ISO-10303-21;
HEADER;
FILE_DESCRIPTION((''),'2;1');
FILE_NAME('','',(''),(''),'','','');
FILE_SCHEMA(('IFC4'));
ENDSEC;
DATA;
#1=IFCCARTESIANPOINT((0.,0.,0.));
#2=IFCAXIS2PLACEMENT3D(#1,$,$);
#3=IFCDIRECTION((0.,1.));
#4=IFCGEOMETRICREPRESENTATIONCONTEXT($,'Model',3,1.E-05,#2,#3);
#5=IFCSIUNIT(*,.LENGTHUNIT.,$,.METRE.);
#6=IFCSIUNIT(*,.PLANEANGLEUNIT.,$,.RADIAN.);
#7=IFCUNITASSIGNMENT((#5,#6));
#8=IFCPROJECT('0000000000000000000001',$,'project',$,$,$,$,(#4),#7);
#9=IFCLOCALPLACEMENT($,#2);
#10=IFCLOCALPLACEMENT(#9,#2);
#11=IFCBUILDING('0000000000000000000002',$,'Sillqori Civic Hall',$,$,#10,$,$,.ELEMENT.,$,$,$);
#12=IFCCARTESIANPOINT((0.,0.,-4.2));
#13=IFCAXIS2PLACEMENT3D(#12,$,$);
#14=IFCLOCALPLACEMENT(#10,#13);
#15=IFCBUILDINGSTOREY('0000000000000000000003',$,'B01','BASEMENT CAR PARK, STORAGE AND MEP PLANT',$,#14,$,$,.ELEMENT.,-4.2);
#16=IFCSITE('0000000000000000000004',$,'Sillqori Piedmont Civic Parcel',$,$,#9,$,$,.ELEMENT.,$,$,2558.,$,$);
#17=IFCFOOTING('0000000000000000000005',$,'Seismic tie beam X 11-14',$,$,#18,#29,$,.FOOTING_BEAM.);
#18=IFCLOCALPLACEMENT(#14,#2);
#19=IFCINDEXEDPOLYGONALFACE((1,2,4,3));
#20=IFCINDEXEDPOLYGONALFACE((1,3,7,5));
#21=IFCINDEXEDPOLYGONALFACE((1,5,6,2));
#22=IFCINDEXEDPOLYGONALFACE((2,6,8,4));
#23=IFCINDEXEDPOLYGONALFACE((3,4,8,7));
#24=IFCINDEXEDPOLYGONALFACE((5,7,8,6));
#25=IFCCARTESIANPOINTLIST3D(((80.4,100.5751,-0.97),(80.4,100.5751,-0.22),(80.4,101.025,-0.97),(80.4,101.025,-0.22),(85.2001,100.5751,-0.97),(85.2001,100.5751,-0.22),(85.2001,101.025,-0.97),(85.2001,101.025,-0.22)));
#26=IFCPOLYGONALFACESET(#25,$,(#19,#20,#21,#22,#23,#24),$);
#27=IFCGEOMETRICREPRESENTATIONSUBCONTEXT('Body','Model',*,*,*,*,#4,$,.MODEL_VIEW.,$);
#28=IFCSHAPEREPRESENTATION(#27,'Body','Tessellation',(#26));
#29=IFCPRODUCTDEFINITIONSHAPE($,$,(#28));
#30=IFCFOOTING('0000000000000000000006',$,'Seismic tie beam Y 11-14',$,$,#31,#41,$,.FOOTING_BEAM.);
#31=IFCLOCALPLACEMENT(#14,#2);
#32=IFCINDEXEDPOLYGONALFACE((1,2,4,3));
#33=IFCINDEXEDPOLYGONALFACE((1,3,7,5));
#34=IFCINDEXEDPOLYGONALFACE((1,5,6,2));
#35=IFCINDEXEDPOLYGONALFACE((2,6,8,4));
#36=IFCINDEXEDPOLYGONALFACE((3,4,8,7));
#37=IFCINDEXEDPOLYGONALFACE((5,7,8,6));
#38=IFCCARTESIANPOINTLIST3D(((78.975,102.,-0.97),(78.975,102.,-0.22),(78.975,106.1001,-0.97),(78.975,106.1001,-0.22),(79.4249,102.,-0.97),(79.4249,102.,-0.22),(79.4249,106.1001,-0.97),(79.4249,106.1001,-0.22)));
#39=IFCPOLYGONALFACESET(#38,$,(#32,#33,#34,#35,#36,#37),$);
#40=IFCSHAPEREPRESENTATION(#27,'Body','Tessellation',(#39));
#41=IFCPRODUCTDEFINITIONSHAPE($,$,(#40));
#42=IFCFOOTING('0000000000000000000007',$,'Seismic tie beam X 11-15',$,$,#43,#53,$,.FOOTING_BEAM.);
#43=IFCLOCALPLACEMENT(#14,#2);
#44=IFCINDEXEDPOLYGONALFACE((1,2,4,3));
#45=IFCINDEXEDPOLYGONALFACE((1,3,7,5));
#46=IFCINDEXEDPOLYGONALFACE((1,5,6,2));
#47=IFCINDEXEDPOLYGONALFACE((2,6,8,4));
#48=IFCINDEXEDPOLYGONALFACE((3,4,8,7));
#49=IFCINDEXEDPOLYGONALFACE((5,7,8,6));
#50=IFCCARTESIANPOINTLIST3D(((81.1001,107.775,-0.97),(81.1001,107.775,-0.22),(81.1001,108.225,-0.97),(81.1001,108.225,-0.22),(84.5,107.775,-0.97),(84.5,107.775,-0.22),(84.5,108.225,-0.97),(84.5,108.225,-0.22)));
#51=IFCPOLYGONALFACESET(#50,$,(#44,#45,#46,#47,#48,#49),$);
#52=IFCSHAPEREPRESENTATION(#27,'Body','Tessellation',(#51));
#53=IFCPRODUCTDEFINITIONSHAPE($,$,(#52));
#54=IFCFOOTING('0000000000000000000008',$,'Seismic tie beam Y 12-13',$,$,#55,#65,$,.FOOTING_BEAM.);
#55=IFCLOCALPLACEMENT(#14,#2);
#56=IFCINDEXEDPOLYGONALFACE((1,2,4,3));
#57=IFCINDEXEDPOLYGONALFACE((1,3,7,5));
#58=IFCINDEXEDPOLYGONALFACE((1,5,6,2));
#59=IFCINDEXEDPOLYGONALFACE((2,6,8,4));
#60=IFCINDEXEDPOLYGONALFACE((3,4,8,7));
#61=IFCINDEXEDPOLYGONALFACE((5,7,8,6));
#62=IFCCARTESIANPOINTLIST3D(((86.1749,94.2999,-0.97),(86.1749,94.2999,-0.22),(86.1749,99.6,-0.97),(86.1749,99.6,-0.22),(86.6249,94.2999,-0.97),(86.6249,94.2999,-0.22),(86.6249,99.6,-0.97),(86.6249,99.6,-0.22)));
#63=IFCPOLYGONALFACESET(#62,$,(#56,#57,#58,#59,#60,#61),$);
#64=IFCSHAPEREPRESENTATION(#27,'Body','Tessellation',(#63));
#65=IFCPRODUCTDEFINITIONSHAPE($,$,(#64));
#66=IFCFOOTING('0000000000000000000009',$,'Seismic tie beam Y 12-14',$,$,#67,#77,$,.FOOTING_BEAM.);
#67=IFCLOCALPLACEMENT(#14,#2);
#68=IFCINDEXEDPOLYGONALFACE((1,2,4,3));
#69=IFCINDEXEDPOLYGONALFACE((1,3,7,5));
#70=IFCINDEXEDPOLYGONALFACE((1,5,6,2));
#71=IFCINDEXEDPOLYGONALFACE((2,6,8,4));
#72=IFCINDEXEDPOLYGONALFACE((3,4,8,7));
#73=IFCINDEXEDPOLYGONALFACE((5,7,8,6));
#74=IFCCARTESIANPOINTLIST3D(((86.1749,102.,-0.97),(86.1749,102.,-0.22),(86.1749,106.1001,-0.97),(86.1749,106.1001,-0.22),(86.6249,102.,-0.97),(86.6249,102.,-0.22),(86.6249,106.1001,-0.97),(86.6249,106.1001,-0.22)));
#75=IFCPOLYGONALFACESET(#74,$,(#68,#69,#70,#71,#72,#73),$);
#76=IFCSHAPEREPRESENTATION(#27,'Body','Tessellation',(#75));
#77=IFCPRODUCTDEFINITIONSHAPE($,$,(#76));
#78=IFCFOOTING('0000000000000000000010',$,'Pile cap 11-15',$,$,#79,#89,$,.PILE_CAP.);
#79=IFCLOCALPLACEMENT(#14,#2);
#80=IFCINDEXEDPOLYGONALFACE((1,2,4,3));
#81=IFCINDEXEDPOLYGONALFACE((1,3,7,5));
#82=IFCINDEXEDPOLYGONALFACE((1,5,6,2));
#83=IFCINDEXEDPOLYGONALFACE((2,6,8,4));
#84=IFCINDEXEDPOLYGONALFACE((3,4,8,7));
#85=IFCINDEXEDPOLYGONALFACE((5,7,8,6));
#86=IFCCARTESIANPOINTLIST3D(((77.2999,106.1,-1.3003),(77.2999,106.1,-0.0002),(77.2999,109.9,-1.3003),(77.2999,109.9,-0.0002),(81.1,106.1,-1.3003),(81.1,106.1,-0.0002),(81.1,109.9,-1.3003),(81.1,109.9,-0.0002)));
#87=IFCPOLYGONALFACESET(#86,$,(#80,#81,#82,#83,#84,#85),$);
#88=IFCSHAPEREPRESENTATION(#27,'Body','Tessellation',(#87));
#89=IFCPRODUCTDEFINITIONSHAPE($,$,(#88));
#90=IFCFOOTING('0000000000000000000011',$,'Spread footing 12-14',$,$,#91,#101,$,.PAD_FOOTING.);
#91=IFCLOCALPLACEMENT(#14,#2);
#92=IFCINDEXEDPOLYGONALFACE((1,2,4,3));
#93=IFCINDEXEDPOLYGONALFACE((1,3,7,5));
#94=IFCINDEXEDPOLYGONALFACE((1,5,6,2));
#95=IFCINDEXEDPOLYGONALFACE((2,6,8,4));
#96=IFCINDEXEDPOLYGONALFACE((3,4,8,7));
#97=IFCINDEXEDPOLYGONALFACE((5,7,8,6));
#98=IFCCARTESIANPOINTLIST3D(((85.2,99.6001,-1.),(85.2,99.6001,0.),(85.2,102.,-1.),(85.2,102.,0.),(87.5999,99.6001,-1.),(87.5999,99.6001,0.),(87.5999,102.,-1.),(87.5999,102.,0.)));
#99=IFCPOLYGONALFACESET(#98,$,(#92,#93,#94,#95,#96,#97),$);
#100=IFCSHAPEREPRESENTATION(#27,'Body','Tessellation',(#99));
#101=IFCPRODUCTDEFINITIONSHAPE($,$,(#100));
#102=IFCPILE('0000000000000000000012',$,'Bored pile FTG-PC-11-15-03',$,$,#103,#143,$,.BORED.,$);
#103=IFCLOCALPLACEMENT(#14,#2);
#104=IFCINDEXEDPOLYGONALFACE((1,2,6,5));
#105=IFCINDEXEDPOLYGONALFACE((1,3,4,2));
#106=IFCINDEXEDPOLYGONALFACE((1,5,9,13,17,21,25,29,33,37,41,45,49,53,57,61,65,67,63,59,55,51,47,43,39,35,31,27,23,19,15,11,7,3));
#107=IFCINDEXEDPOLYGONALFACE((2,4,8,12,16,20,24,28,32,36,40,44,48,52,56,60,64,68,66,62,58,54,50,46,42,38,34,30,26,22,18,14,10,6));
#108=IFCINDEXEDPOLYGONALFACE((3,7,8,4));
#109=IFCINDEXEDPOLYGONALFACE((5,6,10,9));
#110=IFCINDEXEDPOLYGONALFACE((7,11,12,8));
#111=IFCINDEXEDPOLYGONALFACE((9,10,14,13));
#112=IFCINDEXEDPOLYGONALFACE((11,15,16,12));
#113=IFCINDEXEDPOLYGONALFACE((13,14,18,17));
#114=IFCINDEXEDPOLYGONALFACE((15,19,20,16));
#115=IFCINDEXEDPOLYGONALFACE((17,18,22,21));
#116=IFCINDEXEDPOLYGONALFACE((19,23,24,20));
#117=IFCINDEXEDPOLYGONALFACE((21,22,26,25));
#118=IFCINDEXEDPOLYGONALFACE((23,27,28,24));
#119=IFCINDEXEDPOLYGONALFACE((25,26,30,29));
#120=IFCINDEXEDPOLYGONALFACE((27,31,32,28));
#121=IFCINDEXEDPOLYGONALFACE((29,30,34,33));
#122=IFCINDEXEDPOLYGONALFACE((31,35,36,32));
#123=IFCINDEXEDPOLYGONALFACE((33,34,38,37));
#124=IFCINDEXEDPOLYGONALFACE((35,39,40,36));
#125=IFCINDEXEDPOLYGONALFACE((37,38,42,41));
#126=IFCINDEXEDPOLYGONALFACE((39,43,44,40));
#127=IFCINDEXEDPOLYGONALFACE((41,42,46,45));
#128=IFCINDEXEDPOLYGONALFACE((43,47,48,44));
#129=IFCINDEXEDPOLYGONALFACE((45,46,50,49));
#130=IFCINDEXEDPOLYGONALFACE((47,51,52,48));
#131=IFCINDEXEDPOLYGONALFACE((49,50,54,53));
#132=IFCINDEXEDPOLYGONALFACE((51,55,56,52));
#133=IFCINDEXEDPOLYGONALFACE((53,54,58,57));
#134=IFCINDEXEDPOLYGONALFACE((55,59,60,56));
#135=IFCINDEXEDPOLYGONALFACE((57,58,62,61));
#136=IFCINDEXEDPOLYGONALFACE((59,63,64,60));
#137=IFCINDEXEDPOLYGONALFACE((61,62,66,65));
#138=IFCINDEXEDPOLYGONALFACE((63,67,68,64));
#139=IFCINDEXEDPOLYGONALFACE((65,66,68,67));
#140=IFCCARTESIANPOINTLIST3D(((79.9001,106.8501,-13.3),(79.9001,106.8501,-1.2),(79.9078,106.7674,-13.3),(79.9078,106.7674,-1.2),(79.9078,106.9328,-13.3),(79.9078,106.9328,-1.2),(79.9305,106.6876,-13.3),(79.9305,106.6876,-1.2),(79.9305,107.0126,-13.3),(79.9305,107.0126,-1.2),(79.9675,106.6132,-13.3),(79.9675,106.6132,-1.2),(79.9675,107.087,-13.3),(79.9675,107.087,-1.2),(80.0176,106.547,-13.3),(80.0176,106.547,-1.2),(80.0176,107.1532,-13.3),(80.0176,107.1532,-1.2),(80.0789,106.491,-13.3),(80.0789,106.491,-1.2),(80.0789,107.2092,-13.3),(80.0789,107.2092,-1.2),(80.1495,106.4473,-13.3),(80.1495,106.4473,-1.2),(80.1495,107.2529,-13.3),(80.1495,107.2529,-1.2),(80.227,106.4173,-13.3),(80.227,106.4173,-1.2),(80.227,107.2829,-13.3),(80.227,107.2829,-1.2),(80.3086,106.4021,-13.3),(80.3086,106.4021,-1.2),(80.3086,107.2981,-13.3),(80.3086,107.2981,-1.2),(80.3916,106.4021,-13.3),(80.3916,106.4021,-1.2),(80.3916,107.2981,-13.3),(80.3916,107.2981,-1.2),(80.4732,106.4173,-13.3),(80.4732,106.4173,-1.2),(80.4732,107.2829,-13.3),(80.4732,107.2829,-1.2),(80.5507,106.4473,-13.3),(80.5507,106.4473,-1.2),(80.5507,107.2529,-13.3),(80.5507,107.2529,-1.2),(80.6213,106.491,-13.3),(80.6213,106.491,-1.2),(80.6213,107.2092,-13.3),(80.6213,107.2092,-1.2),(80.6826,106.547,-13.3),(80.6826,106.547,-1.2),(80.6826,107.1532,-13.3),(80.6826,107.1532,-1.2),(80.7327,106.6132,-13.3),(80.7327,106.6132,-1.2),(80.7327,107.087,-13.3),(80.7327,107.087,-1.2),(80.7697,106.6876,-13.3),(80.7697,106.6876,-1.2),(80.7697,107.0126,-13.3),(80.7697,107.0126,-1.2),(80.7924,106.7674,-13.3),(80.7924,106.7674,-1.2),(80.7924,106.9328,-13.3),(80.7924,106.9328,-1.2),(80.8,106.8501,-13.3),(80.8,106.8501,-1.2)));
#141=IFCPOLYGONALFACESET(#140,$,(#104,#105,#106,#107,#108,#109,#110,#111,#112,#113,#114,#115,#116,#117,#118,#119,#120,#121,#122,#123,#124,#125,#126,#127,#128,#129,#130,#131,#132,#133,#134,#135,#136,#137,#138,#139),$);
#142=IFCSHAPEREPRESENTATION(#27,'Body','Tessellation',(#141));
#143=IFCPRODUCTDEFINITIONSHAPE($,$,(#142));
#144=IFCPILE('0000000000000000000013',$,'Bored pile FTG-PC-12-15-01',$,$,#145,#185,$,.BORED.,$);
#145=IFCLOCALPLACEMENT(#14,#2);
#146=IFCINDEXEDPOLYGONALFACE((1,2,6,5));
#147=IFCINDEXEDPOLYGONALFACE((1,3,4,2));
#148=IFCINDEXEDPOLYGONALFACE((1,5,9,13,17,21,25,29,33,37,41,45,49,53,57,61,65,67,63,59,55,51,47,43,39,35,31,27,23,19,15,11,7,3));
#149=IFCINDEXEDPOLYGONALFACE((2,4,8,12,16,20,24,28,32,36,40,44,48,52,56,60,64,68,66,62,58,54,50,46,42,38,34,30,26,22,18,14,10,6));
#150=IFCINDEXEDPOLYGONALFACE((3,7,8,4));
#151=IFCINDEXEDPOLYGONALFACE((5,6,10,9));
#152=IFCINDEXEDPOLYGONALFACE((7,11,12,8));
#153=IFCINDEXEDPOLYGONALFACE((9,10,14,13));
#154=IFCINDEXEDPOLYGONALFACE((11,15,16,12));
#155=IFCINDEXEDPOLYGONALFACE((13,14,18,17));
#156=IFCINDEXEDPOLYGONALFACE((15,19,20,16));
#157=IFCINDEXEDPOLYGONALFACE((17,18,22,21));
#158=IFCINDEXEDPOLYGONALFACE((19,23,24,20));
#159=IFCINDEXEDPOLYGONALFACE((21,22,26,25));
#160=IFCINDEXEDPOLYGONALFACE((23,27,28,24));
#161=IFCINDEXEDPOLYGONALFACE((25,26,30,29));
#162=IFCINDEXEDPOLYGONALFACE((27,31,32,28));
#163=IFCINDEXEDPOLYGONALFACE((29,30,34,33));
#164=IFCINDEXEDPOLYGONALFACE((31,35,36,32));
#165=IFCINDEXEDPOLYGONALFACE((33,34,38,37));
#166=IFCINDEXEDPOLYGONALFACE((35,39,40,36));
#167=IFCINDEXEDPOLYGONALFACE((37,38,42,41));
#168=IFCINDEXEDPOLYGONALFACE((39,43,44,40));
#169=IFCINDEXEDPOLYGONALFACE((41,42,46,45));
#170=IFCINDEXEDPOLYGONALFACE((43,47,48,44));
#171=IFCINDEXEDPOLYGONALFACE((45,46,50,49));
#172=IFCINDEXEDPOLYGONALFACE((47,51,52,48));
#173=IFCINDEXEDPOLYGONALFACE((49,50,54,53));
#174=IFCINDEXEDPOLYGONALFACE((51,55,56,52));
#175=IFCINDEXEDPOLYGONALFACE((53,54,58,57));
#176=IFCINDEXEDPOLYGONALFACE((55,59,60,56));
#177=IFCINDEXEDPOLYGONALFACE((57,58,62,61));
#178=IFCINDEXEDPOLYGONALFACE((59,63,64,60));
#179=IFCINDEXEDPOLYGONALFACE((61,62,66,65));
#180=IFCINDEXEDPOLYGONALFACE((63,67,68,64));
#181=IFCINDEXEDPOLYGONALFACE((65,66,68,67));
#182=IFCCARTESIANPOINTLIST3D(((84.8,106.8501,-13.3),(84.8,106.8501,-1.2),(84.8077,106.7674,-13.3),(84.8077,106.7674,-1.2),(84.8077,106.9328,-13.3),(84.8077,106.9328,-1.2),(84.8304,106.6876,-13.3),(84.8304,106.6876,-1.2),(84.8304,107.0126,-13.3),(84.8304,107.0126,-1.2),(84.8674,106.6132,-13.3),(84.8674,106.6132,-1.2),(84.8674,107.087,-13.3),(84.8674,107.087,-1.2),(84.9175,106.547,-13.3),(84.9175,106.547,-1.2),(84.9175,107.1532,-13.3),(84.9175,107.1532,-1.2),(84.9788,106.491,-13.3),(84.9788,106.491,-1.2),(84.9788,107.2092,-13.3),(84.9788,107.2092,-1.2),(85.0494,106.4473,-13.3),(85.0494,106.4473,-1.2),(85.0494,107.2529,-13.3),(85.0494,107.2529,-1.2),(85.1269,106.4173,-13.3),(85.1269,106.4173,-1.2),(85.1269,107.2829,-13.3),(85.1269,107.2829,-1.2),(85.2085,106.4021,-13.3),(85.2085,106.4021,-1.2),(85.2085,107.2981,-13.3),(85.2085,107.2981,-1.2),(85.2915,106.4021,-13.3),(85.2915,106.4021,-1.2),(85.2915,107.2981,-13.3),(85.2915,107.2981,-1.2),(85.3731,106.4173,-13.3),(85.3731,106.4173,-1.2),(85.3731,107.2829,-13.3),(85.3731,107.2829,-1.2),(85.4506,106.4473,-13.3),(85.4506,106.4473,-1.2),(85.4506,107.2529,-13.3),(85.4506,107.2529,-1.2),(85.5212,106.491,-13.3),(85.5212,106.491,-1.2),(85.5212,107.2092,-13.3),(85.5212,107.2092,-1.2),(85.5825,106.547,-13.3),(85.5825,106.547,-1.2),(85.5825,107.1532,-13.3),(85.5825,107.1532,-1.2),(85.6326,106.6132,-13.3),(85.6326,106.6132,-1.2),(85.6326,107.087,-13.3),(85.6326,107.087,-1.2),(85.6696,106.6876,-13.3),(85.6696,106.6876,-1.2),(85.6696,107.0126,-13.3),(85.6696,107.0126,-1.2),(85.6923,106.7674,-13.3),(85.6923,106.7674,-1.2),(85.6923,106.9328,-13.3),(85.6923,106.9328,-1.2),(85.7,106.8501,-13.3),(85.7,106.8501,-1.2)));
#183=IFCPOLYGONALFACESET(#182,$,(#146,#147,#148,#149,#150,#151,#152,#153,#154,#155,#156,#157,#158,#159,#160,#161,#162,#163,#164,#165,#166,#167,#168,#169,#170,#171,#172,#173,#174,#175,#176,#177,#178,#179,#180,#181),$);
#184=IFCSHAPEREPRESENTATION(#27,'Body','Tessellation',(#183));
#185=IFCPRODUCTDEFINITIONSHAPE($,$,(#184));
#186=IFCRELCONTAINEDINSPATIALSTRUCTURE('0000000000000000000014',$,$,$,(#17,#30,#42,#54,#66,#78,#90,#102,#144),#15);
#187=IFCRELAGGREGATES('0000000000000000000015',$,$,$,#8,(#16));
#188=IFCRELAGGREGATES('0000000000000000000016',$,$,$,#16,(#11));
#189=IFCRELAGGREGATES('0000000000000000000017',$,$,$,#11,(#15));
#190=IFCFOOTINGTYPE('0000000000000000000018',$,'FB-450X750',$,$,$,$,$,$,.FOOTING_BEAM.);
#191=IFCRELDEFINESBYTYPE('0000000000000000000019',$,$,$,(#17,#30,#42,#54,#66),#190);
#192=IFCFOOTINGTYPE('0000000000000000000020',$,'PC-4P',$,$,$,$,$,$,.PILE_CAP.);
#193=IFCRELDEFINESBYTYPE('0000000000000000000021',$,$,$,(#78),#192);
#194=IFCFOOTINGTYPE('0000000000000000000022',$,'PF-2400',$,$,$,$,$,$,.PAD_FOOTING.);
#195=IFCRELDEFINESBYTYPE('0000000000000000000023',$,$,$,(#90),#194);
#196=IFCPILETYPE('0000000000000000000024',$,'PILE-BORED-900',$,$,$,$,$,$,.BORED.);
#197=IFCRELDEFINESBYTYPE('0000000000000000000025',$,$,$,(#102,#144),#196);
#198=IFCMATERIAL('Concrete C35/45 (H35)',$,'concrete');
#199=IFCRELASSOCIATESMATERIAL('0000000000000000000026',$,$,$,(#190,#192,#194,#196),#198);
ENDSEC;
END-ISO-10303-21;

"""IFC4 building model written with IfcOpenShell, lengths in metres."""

from ifc_helpers import new_model, si_unit, direction, frame, origin, origin_2d, place, context, subcontext, project, spatial, rectangle, circle, extrude, material, material_profile, profile_set, type_object, element, save


model = new_model("IFC4")

# Units and contexts
model_context = context("Model", 3, precision=1e-05, world=origin(), true_north=direction((0.0, 1.0)))
body_context = subcontext(model_context, "Body", "Model", "MODEL_VIEW")
ifc_project = project(units=[si_unit("LENGTHUNIT", "METRE"), si_unit("PLANEANGLEUNIT", "RADIAN")], contexts=[model_context])

# Site, building, storey
site_placement = place(None, origin())
site = spatial("IfcSite", under=ifc_project, at=site_placement, Name="Sillqori Piedmont Civic Parcel", CompositionType="ELEMENT", RefElevation=2558.0)
building_placement = place(site_placement, origin())
building = spatial("IfcBuilding", under=site, at=building_placement, Name="Sillqori Civic Hall", CompositionType="ELEMENT")
storey_placement = place(building_placement, frame((0.0, 0.0, -4.2)))
storey = spatial("IfcBuildingStorey", under=building, at=storey_placement, Name="B01", Description="BASEMENT CAR PARK, STORAGE AND MEP PLANT", CompositionType="ELEMENT", Elevation=-4.2)

# Footings
ifc_material_1 = material(Name="Concrete C35/45 (H35)", Category="concrete")
footing_type_1 = type_object("IfcFootingType", Name="FB-450X750", PredefinedType="FOOTING_BEAM", material=ifc_material_1)
footing_1_placement = place(storey_placement, frame((82.8, 100.8, -0.97), z_axis=(0.0, 0.0, 1.0), x_axis=(1.0, 0.0, 0.0)))
element("IfcFooting", 1, at=footing_1_placement, inside=storey, type_object=footing_type_1, Name="Seismic tie beam X 11-14", PredefinedType="FOOTING_BEAM", context=body_context, shape_type="SweptSolid", body=[
    extrude(rectangle(XDim=4.8, YDim=0.45, at=origin_2d()), origin(), (0.0, 0.0, 1.0), 0.75),
])
footing_2_placement = place(storey_placement, frame((79.2, 104.05, -0.97), z_axis=(0.0, 0.0, 1.0), x_axis=(1.0, 0.0, 0.0)))
element("IfcFooting", 2, at=footing_2_placement, inside=storey, type_object=footing_type_1, Name="Seismic tie beam Y 11-14", PredefinedType="FOOTING_BEAM", context=body_context, shape_type="SweptSolid", body=[
    extrude(rectangle(XDim=0.45, YDim=4.1001, at=origin_2d()), origin(), (0.0, 0.0, 1.0), 0.75),
])
footing_3_placement = place(storey_placement, frame((82.8, 108.0, -0.97), z_axis=(0.0, 0.0, 1.0), x_axis=(1.0, 0.0, 0.0)))
element("IfcFooting", 3, at=footing_3_placement, inside=storey, type_object=footing_type_1, Name="Seismic tie beam X 11-15", PredefinedType="FOOTING_BEAM", context=body_context, shape_type="SweptSolid", body=[
    extrude(rectangle(XDim=3.3999, YDim=0.45, at=origin_2d()), origin(), (0.0, 0.0, 1.0), 0.75),
])
footing_4_placement = place(storey_placement, frame((86.3999, 96.95, -0.97), z_axis=(0.0, 0.0, 1.0), x_axis=(1.0, 0.0, 0.0)))
element("IfcFooting", 4, at=footing_4_placement, inside=storey, type_object=footing_type_1, Name="Seismic tie beam Y 12-13", PredefinedType="FOOTING_BEAM", context=body_context, shape_type="SweptSolid", body=[
    extrude(rectangle(XDim=0.45, YDim=5.3, at=origin_2d()), origin(), (0.0, 0.0, 1.0), 0.75),
])
footing_5_placement = place(storey_placement, frame((86.3999, 104.05, -0.97), z_axis=(0.0, 0.0, 1.0), x_axis=(1.0, 0.0, 0.0)))
element("IfcFooting", 5, at=footing_5_placement, inside=storey, type_object=footing_type_1, Name="Seismic tie beam Y 12-14", PredefinedType="FOOTING_BEAM", context=body_context, shape_type="SweptSolid", body=[
    extrude(rectangle(XDim=0.45, YDim=4.1001, at=origin_2d()), origin(), (0.0, 0.0, 1.0), 0.75),
])
footing_type_2 = type_object("IfcFootingType", Name="PC-4P", PredefinedType="PILE_CAP", material=ifc_material_1)
footing_6_placement = place(storey_placement, frame((79.2, 108.0, -1.3003), z_axis=(0.0, 0.0, 1.0), x_axis=(1.0, 0.0, 0.0)))
element("IfcFooting", 6, at=footing_6_placement, inside=storey, type_object=footing_type_2, Name="Pile cap 11-15", PredefinedType="PILE_CAP", context=body_context, shape_type="SweptSolid", body=[
    extrude(rectangle(XDim=3.8, YDim=3.8, at=origin_2d()), origin(), (0.0, 0.0, 1.0), 1.3),
])
footing_type_3 = type_object("IfcFootingType", Name="PF-2400", PredefinedType="PAD_FOOTING", material=ifc_material_1)
footing_7_placement = place(storey_placement, frame((86.3999, 100.8, -1.0), z_axis=(0.0, 0.0, 1.0), x_axis=(1.0, 0.0, 0.0)))
element("IfcFooting", 7, at=footing_7_placement, inside=storey, type_object=footing_type_3, Name="Spread footing 12-14", PredefinedType="PAD_FOOTING", context=body_context, shape_type="SweptSolid", body=[
    extrude(rectangle(XDim=2.3999, YDim=2.3999, at=origin_2d()), origin(), (0.0, 0.0, 1.0), 1.0),
])

# Piles
ifc_material_profile_1 = material_profile(ifc_material_1, circle(Radius=0.45, at=origin_2d()), Name="BORED PILE 900")
ifc_profile_set_1 = profile_set([ifc_material_profile_1], Name="Concrete C35/45 (H35)")
pile_type = type_object("IfcPileType", Name="PILE-BORED-900", PredefinedType="BORED", material=ifc_profile_set_1)
for number, where, z_axis, x_axis, name in (
    (8, (80.3501, 106.8501, -1.2), (0.0, 0.0, -1.0), (1.0, 0.0, 0.0), "Bored pile FTG-PC-11-15-03"),
    (9, (85.25, 106.8501, -1.2), (0.0, 0.0, -1.0), (1.0, 0.0, 0.0), "Bored pile FTG-PC-12-15-01"),
):
    element("IfcPile", number, at=place(storey_placement, frame(where, z_axis=z_axis, x_axis=x_axis)), inside=storey, type_object=pile_type, Name=name, PredefinedType="BORED", context=body_context, shape_type="SweptSolid", body=[
        extrude(circle(Radius=0.45, at=origin_2d()), origin(), (0.0, 0.0, 1.0), 12.1001),
    ])

save(model, "model.ifc")
